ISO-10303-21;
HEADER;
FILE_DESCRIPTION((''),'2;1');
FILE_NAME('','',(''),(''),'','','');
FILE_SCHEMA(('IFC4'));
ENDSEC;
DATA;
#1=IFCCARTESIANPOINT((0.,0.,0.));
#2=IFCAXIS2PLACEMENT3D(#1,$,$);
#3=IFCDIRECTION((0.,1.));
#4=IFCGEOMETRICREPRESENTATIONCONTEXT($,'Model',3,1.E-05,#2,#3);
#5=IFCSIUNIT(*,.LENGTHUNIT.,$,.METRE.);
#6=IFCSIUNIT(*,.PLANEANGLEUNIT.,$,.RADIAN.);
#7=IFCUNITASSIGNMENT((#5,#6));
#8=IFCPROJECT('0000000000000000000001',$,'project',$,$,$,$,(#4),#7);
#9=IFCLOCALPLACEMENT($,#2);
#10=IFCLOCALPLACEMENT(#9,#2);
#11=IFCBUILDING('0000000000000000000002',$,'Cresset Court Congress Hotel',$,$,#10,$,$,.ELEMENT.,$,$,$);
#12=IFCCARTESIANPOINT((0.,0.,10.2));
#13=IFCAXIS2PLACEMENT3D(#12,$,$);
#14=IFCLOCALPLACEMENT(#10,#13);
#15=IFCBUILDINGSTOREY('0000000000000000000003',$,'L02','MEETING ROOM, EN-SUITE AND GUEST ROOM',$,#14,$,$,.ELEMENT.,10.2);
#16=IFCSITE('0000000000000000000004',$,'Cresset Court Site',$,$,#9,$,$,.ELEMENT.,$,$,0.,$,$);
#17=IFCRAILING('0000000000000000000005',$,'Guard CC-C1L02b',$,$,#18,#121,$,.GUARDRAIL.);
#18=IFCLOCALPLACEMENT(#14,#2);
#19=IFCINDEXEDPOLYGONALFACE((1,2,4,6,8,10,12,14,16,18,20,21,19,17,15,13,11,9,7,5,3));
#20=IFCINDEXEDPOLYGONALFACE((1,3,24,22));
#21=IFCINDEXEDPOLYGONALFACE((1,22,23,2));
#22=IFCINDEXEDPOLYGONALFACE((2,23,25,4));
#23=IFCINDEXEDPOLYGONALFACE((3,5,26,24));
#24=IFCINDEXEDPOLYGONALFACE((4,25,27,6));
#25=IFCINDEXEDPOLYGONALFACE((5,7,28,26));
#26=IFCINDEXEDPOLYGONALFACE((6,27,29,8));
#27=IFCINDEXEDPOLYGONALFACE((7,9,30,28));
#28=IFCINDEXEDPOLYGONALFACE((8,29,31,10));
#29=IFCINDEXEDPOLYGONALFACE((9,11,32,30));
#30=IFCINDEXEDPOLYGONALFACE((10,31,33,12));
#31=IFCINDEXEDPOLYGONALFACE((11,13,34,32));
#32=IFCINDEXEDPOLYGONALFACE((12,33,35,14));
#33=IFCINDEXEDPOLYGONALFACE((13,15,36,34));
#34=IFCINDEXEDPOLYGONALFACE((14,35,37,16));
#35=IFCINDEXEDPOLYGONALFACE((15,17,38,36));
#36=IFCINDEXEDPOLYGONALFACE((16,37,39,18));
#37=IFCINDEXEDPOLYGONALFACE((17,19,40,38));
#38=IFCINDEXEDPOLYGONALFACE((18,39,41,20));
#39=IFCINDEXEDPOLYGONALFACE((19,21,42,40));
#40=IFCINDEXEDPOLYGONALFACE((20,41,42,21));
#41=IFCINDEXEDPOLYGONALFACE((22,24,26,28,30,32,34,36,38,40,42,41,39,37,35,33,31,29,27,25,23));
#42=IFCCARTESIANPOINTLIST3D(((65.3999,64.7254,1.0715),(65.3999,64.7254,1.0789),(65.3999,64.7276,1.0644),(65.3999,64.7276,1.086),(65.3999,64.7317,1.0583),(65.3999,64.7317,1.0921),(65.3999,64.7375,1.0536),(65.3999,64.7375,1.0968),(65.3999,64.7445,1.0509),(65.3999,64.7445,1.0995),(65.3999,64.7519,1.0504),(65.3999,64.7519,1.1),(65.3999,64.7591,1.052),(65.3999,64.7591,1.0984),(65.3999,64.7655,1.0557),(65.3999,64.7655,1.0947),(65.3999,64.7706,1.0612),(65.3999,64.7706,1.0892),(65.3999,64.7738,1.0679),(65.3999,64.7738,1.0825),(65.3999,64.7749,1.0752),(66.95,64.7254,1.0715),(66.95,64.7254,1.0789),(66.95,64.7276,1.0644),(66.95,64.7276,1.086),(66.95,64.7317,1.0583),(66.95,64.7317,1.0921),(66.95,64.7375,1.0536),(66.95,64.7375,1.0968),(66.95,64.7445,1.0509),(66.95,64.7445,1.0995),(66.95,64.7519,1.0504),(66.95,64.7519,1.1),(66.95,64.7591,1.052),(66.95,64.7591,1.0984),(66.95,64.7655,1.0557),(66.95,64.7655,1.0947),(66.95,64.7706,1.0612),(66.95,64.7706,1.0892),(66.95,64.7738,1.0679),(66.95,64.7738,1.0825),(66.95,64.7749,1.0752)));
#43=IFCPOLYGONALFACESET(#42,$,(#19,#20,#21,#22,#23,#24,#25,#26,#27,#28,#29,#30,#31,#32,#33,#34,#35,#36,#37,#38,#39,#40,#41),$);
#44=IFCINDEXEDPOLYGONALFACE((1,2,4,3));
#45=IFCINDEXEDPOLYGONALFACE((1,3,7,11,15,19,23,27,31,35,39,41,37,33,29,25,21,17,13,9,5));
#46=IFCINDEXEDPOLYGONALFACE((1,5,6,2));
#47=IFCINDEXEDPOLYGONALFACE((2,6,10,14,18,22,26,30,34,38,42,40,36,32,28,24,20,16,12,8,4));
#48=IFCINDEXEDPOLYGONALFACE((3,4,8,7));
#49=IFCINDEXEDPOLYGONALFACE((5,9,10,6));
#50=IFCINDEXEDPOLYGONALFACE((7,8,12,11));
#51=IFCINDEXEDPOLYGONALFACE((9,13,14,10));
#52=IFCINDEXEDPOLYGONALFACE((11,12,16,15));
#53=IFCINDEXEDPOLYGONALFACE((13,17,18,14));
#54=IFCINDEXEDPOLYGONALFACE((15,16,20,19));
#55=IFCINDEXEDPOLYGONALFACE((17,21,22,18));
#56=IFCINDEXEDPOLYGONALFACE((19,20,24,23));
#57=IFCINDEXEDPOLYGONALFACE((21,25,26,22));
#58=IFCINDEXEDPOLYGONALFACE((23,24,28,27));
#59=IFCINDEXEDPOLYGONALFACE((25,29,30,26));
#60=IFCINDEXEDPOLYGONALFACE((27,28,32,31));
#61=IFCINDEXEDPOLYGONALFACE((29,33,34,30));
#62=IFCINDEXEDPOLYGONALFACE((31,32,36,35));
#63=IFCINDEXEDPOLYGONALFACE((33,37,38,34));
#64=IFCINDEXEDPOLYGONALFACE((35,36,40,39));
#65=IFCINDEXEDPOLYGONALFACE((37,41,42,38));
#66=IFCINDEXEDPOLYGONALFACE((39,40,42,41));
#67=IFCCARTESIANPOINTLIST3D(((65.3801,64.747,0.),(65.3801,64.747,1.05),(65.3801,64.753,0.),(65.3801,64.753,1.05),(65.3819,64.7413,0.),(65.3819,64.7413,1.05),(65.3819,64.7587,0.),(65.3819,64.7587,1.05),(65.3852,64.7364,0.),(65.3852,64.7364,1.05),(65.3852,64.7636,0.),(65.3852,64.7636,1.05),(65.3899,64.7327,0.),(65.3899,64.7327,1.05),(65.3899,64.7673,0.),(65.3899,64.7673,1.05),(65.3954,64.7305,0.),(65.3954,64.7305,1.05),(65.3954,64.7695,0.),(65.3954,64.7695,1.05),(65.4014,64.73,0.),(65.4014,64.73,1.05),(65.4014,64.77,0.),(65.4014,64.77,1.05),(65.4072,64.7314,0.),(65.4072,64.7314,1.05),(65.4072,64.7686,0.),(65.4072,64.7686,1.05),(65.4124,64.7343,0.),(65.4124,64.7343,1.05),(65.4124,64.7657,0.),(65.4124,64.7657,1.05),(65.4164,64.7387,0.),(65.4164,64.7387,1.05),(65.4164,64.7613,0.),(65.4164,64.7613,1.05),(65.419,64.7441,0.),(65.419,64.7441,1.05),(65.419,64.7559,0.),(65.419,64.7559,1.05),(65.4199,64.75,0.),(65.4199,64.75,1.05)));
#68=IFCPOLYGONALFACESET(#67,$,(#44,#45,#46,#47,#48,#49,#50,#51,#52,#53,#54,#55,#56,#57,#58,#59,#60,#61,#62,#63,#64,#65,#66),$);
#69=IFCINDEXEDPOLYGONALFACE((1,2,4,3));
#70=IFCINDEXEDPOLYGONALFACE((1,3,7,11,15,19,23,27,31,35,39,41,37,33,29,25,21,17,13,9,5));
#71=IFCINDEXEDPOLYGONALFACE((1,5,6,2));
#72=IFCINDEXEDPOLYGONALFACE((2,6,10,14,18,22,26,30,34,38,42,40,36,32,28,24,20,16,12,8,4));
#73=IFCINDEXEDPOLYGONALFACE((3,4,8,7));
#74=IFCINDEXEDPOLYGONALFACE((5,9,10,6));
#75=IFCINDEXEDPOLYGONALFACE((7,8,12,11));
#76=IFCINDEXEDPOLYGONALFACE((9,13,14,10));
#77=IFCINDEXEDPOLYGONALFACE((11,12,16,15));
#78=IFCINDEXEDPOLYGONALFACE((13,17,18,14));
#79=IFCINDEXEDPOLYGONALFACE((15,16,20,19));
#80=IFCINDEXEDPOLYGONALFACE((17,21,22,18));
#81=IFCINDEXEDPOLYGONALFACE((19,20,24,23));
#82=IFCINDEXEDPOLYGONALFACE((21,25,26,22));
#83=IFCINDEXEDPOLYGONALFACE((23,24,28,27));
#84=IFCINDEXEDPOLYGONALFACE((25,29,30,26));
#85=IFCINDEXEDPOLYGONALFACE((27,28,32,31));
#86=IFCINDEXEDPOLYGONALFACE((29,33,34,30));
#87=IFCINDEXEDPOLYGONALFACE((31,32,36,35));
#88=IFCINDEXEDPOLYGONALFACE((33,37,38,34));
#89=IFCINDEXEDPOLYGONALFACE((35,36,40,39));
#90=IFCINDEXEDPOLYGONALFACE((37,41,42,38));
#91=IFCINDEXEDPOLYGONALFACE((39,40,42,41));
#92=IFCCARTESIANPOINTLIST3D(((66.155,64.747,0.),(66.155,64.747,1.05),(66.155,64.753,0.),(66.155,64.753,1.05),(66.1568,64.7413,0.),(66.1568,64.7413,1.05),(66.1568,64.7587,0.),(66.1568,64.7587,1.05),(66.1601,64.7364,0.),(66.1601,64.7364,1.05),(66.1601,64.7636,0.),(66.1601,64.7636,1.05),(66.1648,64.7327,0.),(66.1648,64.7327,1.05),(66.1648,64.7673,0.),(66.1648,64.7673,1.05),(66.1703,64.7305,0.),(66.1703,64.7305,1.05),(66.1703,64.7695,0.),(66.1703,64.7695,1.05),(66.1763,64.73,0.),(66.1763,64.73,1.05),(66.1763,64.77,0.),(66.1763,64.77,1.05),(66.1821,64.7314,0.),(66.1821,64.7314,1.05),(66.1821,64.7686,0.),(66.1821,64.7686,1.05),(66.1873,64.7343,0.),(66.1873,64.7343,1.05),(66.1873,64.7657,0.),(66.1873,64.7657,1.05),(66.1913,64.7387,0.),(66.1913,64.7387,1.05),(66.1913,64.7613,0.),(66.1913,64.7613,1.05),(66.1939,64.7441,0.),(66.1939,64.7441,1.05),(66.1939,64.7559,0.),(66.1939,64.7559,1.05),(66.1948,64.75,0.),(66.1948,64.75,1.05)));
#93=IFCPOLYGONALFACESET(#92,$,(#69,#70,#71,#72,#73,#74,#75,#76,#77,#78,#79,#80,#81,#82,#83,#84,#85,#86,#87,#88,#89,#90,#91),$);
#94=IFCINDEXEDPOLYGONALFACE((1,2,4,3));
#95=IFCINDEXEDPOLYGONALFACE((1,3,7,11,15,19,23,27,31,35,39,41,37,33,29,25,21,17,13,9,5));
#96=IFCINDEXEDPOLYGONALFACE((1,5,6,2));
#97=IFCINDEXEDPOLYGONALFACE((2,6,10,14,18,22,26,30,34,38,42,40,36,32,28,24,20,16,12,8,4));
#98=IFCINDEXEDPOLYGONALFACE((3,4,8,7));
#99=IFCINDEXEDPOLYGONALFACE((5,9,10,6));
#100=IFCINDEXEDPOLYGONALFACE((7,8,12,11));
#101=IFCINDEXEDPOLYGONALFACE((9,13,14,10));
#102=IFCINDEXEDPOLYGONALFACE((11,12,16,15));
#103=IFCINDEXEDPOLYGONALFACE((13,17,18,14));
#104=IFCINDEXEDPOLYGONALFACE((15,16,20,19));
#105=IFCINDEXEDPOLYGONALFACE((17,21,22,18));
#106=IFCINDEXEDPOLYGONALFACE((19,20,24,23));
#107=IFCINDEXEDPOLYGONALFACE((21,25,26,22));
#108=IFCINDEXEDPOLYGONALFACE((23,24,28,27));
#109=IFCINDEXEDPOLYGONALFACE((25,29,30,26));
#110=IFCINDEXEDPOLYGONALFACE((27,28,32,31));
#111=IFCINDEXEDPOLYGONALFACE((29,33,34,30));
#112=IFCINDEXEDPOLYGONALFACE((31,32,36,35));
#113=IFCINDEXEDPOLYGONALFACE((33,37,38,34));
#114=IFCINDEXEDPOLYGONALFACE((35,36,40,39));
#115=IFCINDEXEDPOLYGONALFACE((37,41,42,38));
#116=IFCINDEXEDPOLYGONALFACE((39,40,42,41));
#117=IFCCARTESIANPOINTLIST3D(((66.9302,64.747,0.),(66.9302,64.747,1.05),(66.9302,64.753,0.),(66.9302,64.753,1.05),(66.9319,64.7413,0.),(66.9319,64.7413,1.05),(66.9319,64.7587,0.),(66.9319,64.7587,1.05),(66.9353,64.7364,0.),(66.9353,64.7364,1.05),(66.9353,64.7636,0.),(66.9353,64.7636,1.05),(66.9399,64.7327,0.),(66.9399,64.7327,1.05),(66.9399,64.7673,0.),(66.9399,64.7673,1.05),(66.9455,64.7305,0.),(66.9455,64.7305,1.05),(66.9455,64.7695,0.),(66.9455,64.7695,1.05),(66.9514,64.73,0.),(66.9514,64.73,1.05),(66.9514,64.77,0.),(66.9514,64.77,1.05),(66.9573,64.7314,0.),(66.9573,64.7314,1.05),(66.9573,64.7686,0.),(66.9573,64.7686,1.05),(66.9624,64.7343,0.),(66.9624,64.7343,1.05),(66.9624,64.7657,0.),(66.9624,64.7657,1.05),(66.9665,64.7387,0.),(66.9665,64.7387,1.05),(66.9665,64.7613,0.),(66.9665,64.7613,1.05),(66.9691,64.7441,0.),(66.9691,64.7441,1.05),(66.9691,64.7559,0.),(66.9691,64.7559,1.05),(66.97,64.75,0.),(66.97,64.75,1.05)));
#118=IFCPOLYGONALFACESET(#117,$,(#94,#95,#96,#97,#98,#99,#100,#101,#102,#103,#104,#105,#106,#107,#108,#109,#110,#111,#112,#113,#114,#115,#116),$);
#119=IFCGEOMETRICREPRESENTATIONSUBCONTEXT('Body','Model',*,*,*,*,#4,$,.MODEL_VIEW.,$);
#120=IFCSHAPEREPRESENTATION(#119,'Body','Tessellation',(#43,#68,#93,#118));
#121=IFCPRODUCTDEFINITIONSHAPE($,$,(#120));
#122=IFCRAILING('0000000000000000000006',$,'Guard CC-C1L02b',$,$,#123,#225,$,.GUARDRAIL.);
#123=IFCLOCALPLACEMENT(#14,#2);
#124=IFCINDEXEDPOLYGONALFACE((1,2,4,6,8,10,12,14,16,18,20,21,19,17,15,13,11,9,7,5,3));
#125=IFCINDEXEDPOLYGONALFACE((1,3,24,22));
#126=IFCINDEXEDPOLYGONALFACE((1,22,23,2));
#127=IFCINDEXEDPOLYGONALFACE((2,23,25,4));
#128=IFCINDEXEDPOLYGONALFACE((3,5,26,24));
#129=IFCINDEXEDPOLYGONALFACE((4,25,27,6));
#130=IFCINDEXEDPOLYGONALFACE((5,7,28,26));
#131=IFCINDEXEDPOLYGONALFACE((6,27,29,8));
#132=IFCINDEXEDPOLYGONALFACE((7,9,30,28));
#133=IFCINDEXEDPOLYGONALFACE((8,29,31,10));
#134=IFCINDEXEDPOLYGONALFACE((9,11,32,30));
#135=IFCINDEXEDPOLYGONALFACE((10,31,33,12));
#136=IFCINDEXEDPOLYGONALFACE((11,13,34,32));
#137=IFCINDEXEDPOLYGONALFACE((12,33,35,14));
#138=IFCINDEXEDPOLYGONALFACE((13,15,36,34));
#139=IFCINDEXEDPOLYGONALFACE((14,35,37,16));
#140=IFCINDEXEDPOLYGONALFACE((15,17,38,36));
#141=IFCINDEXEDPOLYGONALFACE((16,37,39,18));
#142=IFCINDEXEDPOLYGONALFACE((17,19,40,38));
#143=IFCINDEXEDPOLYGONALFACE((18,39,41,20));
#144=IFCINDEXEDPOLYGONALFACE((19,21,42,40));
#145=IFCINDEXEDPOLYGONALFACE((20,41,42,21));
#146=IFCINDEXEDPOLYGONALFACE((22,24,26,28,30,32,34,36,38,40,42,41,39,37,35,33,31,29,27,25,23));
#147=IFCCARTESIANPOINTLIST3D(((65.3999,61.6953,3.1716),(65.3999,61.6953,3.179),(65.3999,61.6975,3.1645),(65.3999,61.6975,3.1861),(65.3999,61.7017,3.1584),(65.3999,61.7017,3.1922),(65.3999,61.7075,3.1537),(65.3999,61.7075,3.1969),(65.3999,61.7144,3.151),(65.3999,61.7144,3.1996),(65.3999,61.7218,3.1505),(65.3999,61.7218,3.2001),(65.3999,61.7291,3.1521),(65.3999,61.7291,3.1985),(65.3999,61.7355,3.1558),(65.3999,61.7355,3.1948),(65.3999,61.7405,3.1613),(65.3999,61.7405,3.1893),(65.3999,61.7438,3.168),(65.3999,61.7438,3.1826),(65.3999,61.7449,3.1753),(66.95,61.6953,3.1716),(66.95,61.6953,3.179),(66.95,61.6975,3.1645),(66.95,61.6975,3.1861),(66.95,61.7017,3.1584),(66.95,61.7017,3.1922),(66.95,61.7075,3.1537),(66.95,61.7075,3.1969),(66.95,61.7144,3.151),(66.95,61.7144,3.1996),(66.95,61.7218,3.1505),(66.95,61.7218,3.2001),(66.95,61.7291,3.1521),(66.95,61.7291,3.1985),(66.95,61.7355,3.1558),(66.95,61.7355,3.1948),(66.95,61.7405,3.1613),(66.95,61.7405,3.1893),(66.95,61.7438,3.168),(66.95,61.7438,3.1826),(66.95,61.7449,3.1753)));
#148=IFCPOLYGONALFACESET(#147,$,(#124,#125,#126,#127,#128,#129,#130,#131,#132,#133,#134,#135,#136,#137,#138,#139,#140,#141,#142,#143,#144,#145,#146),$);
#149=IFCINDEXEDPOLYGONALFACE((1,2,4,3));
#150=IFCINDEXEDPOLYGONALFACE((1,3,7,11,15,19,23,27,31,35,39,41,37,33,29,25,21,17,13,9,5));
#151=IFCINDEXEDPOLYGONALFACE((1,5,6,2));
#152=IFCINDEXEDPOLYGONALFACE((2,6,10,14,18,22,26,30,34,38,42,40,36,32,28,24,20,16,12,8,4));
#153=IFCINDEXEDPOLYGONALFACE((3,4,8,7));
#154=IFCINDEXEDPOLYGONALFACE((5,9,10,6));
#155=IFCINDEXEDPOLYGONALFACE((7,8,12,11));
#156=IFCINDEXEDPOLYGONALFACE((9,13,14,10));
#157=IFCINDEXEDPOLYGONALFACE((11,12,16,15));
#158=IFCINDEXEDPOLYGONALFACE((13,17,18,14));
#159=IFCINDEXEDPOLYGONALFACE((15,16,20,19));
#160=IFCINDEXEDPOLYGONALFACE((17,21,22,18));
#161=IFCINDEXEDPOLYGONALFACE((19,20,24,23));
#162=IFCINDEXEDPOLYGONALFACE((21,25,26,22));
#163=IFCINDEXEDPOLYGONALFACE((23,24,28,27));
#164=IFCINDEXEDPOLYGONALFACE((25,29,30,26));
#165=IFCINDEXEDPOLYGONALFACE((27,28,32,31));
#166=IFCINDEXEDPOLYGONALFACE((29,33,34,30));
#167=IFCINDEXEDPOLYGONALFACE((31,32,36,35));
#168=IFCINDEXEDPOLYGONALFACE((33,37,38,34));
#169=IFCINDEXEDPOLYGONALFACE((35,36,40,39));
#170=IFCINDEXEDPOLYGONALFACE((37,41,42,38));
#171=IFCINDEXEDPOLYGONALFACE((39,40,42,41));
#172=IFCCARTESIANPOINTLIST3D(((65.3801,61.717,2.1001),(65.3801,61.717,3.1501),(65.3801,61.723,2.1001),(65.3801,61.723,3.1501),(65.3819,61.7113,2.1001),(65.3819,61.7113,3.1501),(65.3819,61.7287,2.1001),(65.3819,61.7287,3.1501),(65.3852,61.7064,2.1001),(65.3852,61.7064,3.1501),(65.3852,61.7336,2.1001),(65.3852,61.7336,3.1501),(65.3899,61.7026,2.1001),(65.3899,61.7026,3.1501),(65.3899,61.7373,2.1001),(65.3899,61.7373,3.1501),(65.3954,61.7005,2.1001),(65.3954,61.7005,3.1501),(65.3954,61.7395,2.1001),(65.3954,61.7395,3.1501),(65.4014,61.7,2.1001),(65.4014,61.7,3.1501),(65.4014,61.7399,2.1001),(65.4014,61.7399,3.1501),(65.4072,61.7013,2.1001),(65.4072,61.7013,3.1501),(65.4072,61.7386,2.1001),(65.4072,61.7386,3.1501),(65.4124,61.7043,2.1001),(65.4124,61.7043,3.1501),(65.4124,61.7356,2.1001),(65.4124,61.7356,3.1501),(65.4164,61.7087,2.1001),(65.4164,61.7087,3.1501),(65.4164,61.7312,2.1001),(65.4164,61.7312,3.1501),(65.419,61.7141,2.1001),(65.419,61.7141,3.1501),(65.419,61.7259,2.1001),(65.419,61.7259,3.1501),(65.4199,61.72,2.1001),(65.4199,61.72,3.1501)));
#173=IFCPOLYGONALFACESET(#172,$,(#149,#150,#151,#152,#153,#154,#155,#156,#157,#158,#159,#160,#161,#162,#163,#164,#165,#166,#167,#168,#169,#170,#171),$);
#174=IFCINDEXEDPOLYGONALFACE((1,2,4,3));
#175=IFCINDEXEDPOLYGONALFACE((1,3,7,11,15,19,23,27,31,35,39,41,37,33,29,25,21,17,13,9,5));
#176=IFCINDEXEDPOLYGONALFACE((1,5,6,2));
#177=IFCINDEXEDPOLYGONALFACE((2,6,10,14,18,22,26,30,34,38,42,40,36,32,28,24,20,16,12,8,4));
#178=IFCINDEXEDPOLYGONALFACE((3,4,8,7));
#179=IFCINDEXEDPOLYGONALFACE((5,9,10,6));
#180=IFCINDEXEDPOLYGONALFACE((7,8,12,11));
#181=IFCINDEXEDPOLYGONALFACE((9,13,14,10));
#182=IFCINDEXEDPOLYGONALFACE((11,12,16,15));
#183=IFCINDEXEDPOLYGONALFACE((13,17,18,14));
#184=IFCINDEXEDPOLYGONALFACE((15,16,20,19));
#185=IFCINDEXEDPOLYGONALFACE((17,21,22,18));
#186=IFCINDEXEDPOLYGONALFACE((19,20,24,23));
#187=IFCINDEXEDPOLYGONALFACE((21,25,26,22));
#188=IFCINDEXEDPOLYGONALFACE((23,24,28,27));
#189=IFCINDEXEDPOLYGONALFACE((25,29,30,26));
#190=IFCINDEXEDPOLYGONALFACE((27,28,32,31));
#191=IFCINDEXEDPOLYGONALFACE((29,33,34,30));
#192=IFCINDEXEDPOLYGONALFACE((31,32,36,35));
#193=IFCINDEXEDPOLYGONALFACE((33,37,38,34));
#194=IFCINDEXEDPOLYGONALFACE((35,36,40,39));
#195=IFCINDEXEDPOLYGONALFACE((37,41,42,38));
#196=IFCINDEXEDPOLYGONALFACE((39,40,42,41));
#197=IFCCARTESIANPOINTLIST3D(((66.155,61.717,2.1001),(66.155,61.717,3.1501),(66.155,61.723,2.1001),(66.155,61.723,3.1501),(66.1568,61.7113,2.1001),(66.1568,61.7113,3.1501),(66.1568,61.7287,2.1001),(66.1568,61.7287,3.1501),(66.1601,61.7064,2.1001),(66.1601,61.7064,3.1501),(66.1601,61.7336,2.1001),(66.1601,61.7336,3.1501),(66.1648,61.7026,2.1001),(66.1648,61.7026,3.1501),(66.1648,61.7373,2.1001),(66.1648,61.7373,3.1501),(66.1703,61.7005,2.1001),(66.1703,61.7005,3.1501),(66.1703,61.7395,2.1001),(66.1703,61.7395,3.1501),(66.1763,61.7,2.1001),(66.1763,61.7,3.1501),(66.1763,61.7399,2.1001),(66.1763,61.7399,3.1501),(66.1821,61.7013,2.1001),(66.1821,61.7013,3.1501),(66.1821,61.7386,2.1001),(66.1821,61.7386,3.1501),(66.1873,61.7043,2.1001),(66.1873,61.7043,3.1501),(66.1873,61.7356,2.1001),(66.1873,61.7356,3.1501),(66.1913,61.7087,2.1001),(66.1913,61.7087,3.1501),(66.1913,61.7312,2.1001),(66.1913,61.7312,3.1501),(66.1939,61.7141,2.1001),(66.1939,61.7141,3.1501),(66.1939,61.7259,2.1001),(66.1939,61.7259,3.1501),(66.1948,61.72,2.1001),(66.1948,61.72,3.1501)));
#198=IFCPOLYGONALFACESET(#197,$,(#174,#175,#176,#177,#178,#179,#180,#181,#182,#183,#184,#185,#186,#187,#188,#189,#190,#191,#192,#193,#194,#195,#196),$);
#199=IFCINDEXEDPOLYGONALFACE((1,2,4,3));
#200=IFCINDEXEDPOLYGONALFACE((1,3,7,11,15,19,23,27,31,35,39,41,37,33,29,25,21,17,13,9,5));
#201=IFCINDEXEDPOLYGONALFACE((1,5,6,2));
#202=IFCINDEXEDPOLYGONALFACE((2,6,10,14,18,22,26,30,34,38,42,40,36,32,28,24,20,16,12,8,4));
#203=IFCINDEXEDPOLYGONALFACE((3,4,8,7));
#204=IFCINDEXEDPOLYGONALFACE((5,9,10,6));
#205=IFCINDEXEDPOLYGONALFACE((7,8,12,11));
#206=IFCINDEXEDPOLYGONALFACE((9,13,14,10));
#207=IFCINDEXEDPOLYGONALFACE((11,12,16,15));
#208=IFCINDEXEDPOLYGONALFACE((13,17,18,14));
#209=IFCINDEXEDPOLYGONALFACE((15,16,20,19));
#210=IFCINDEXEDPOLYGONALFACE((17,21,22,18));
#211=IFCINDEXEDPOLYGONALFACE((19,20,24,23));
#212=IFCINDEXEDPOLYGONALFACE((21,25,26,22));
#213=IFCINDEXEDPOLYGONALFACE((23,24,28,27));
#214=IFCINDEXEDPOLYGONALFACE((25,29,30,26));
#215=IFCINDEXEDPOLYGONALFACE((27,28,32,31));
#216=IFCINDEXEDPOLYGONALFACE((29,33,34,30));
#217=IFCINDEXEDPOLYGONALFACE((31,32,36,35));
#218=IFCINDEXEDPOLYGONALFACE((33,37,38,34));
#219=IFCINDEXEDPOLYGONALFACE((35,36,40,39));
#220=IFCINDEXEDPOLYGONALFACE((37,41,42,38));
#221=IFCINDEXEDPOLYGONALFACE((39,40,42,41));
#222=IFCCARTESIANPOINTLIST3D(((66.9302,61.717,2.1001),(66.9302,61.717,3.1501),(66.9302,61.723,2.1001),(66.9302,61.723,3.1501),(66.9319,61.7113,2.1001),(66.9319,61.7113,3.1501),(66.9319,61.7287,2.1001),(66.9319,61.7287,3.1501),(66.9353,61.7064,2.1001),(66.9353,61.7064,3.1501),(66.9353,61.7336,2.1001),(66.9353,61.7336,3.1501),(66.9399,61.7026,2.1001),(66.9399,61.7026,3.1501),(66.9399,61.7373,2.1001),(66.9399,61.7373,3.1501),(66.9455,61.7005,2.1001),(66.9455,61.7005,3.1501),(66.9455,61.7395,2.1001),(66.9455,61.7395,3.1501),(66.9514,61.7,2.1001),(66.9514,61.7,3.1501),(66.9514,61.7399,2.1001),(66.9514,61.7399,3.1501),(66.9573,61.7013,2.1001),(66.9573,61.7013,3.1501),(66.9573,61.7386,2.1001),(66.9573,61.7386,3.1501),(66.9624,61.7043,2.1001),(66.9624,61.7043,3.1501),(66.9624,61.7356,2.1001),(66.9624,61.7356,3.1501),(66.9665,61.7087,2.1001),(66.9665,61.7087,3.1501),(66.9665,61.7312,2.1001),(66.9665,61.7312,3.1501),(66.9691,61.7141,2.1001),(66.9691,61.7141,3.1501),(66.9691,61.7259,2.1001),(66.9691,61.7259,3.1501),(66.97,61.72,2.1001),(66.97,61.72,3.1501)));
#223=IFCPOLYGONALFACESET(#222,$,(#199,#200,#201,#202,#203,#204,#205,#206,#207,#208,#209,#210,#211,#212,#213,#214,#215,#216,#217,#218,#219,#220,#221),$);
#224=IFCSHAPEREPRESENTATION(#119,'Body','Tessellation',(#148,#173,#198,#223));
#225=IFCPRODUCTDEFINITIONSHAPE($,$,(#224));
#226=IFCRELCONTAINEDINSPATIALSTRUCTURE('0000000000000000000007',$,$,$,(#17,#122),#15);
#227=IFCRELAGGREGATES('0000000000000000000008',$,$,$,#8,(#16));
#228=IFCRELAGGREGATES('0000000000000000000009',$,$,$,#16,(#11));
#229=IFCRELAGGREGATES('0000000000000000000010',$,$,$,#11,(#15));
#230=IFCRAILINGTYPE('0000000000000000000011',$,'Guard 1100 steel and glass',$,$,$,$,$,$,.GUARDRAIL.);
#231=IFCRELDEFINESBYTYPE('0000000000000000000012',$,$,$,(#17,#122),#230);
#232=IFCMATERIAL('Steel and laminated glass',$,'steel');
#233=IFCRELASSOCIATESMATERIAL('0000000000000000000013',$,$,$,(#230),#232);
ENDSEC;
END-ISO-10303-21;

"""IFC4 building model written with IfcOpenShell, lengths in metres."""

from ifc_helpers import new_model, si_unit, direction, frame, origin, origin_2d, place, context, subcontext, project, spatial, circle, extrude, material, type_object, element, save


model = new_model("IFC4")

# Units and contexts
model_context = context("Model", 3, precision=1e-05, world=origin(), true_north=direction((0.0, 1.0)))
body_context = subcontext(model_context, "Body", "Model", "MODEL_VIEW")
ifc_project = project(units=[si_unit("LENGTHUNIT", "METRE"), si_unit("PLANEANGLEUNIT", "RADIAN")], contexts=[model_context])

# Site, building, storey
site_placement = place(None, origin())
site = spatial("IfcSite", under=ifc_project, at=site_placement, Name="Cresset Court Site", CompositionType="ELEMENT", RefElevation=0.0)
building_placement = place(site_placement, origin())
building = spatial("IfcBuilding", under=site, at=building_placement, Name="Cresset Court Congress Hotel", CompositionType="ELEMENT")
storey_placement = place(building_placement, frame((0.0, 0.0, 10.2)))
storey = spatial("IfcBuildingStorey", under=building, at=storey_placement, Name="L02", Description="MEETING ROOM, EN-SUITE AND GUEST ROOM", CompositionType="ELEMENT", Elevation=10.2)

# Railings
ifc_material_1 = material(Name="Steel and laminated glass", Category="steel")
railing_type = type_object("IfcRailingType", Name="Guard 1100 steel and glass", PredefinedType="GUARDRAIL", material=ifc_material_1)
for number, where, name in (
    (1, (65.3999, 64.75, 0.0), "Guard CC-C1L02b"),
    (2, (65.3999, 61.72, 2.1001), "Guard CC-C1L02b"),
):
    element("IfcRailing", number, at=place(storey_placement, frame(where)), inside=storey, type_object=railing_type, Name=name, PredefinedType="GUARDRAIL", context=body_context, shape_type="SweptSolid", body=[
        extrude(circle(Radius=0.0249, at=origin_2d()), frame((0.0, 0.0, 1.0752), z_axis=(1.0, 0.0, 0.0), x_axis=(0.0, 1.0, 0.0)), (0.0, 0.0, 1.0), 1.55),
        extrude(circle(Radius=0.02, at=origin_2d()), origin(), (0.0, 0.0, 1.0), 1.05),
        extrude(circle(Radius=0.02, at=origin_2d()), frame((0.7749, 0.0, 0.0)), (0.0, 0.0, 1.0), 1.05),
        extrude(circle(Radius=0.02, at=origin_2d()), frame((1.55, 0.0, 0.0)), (0.0, 0.0, 1.0), 1.05),
    ])

save(model, "model.ifc")
